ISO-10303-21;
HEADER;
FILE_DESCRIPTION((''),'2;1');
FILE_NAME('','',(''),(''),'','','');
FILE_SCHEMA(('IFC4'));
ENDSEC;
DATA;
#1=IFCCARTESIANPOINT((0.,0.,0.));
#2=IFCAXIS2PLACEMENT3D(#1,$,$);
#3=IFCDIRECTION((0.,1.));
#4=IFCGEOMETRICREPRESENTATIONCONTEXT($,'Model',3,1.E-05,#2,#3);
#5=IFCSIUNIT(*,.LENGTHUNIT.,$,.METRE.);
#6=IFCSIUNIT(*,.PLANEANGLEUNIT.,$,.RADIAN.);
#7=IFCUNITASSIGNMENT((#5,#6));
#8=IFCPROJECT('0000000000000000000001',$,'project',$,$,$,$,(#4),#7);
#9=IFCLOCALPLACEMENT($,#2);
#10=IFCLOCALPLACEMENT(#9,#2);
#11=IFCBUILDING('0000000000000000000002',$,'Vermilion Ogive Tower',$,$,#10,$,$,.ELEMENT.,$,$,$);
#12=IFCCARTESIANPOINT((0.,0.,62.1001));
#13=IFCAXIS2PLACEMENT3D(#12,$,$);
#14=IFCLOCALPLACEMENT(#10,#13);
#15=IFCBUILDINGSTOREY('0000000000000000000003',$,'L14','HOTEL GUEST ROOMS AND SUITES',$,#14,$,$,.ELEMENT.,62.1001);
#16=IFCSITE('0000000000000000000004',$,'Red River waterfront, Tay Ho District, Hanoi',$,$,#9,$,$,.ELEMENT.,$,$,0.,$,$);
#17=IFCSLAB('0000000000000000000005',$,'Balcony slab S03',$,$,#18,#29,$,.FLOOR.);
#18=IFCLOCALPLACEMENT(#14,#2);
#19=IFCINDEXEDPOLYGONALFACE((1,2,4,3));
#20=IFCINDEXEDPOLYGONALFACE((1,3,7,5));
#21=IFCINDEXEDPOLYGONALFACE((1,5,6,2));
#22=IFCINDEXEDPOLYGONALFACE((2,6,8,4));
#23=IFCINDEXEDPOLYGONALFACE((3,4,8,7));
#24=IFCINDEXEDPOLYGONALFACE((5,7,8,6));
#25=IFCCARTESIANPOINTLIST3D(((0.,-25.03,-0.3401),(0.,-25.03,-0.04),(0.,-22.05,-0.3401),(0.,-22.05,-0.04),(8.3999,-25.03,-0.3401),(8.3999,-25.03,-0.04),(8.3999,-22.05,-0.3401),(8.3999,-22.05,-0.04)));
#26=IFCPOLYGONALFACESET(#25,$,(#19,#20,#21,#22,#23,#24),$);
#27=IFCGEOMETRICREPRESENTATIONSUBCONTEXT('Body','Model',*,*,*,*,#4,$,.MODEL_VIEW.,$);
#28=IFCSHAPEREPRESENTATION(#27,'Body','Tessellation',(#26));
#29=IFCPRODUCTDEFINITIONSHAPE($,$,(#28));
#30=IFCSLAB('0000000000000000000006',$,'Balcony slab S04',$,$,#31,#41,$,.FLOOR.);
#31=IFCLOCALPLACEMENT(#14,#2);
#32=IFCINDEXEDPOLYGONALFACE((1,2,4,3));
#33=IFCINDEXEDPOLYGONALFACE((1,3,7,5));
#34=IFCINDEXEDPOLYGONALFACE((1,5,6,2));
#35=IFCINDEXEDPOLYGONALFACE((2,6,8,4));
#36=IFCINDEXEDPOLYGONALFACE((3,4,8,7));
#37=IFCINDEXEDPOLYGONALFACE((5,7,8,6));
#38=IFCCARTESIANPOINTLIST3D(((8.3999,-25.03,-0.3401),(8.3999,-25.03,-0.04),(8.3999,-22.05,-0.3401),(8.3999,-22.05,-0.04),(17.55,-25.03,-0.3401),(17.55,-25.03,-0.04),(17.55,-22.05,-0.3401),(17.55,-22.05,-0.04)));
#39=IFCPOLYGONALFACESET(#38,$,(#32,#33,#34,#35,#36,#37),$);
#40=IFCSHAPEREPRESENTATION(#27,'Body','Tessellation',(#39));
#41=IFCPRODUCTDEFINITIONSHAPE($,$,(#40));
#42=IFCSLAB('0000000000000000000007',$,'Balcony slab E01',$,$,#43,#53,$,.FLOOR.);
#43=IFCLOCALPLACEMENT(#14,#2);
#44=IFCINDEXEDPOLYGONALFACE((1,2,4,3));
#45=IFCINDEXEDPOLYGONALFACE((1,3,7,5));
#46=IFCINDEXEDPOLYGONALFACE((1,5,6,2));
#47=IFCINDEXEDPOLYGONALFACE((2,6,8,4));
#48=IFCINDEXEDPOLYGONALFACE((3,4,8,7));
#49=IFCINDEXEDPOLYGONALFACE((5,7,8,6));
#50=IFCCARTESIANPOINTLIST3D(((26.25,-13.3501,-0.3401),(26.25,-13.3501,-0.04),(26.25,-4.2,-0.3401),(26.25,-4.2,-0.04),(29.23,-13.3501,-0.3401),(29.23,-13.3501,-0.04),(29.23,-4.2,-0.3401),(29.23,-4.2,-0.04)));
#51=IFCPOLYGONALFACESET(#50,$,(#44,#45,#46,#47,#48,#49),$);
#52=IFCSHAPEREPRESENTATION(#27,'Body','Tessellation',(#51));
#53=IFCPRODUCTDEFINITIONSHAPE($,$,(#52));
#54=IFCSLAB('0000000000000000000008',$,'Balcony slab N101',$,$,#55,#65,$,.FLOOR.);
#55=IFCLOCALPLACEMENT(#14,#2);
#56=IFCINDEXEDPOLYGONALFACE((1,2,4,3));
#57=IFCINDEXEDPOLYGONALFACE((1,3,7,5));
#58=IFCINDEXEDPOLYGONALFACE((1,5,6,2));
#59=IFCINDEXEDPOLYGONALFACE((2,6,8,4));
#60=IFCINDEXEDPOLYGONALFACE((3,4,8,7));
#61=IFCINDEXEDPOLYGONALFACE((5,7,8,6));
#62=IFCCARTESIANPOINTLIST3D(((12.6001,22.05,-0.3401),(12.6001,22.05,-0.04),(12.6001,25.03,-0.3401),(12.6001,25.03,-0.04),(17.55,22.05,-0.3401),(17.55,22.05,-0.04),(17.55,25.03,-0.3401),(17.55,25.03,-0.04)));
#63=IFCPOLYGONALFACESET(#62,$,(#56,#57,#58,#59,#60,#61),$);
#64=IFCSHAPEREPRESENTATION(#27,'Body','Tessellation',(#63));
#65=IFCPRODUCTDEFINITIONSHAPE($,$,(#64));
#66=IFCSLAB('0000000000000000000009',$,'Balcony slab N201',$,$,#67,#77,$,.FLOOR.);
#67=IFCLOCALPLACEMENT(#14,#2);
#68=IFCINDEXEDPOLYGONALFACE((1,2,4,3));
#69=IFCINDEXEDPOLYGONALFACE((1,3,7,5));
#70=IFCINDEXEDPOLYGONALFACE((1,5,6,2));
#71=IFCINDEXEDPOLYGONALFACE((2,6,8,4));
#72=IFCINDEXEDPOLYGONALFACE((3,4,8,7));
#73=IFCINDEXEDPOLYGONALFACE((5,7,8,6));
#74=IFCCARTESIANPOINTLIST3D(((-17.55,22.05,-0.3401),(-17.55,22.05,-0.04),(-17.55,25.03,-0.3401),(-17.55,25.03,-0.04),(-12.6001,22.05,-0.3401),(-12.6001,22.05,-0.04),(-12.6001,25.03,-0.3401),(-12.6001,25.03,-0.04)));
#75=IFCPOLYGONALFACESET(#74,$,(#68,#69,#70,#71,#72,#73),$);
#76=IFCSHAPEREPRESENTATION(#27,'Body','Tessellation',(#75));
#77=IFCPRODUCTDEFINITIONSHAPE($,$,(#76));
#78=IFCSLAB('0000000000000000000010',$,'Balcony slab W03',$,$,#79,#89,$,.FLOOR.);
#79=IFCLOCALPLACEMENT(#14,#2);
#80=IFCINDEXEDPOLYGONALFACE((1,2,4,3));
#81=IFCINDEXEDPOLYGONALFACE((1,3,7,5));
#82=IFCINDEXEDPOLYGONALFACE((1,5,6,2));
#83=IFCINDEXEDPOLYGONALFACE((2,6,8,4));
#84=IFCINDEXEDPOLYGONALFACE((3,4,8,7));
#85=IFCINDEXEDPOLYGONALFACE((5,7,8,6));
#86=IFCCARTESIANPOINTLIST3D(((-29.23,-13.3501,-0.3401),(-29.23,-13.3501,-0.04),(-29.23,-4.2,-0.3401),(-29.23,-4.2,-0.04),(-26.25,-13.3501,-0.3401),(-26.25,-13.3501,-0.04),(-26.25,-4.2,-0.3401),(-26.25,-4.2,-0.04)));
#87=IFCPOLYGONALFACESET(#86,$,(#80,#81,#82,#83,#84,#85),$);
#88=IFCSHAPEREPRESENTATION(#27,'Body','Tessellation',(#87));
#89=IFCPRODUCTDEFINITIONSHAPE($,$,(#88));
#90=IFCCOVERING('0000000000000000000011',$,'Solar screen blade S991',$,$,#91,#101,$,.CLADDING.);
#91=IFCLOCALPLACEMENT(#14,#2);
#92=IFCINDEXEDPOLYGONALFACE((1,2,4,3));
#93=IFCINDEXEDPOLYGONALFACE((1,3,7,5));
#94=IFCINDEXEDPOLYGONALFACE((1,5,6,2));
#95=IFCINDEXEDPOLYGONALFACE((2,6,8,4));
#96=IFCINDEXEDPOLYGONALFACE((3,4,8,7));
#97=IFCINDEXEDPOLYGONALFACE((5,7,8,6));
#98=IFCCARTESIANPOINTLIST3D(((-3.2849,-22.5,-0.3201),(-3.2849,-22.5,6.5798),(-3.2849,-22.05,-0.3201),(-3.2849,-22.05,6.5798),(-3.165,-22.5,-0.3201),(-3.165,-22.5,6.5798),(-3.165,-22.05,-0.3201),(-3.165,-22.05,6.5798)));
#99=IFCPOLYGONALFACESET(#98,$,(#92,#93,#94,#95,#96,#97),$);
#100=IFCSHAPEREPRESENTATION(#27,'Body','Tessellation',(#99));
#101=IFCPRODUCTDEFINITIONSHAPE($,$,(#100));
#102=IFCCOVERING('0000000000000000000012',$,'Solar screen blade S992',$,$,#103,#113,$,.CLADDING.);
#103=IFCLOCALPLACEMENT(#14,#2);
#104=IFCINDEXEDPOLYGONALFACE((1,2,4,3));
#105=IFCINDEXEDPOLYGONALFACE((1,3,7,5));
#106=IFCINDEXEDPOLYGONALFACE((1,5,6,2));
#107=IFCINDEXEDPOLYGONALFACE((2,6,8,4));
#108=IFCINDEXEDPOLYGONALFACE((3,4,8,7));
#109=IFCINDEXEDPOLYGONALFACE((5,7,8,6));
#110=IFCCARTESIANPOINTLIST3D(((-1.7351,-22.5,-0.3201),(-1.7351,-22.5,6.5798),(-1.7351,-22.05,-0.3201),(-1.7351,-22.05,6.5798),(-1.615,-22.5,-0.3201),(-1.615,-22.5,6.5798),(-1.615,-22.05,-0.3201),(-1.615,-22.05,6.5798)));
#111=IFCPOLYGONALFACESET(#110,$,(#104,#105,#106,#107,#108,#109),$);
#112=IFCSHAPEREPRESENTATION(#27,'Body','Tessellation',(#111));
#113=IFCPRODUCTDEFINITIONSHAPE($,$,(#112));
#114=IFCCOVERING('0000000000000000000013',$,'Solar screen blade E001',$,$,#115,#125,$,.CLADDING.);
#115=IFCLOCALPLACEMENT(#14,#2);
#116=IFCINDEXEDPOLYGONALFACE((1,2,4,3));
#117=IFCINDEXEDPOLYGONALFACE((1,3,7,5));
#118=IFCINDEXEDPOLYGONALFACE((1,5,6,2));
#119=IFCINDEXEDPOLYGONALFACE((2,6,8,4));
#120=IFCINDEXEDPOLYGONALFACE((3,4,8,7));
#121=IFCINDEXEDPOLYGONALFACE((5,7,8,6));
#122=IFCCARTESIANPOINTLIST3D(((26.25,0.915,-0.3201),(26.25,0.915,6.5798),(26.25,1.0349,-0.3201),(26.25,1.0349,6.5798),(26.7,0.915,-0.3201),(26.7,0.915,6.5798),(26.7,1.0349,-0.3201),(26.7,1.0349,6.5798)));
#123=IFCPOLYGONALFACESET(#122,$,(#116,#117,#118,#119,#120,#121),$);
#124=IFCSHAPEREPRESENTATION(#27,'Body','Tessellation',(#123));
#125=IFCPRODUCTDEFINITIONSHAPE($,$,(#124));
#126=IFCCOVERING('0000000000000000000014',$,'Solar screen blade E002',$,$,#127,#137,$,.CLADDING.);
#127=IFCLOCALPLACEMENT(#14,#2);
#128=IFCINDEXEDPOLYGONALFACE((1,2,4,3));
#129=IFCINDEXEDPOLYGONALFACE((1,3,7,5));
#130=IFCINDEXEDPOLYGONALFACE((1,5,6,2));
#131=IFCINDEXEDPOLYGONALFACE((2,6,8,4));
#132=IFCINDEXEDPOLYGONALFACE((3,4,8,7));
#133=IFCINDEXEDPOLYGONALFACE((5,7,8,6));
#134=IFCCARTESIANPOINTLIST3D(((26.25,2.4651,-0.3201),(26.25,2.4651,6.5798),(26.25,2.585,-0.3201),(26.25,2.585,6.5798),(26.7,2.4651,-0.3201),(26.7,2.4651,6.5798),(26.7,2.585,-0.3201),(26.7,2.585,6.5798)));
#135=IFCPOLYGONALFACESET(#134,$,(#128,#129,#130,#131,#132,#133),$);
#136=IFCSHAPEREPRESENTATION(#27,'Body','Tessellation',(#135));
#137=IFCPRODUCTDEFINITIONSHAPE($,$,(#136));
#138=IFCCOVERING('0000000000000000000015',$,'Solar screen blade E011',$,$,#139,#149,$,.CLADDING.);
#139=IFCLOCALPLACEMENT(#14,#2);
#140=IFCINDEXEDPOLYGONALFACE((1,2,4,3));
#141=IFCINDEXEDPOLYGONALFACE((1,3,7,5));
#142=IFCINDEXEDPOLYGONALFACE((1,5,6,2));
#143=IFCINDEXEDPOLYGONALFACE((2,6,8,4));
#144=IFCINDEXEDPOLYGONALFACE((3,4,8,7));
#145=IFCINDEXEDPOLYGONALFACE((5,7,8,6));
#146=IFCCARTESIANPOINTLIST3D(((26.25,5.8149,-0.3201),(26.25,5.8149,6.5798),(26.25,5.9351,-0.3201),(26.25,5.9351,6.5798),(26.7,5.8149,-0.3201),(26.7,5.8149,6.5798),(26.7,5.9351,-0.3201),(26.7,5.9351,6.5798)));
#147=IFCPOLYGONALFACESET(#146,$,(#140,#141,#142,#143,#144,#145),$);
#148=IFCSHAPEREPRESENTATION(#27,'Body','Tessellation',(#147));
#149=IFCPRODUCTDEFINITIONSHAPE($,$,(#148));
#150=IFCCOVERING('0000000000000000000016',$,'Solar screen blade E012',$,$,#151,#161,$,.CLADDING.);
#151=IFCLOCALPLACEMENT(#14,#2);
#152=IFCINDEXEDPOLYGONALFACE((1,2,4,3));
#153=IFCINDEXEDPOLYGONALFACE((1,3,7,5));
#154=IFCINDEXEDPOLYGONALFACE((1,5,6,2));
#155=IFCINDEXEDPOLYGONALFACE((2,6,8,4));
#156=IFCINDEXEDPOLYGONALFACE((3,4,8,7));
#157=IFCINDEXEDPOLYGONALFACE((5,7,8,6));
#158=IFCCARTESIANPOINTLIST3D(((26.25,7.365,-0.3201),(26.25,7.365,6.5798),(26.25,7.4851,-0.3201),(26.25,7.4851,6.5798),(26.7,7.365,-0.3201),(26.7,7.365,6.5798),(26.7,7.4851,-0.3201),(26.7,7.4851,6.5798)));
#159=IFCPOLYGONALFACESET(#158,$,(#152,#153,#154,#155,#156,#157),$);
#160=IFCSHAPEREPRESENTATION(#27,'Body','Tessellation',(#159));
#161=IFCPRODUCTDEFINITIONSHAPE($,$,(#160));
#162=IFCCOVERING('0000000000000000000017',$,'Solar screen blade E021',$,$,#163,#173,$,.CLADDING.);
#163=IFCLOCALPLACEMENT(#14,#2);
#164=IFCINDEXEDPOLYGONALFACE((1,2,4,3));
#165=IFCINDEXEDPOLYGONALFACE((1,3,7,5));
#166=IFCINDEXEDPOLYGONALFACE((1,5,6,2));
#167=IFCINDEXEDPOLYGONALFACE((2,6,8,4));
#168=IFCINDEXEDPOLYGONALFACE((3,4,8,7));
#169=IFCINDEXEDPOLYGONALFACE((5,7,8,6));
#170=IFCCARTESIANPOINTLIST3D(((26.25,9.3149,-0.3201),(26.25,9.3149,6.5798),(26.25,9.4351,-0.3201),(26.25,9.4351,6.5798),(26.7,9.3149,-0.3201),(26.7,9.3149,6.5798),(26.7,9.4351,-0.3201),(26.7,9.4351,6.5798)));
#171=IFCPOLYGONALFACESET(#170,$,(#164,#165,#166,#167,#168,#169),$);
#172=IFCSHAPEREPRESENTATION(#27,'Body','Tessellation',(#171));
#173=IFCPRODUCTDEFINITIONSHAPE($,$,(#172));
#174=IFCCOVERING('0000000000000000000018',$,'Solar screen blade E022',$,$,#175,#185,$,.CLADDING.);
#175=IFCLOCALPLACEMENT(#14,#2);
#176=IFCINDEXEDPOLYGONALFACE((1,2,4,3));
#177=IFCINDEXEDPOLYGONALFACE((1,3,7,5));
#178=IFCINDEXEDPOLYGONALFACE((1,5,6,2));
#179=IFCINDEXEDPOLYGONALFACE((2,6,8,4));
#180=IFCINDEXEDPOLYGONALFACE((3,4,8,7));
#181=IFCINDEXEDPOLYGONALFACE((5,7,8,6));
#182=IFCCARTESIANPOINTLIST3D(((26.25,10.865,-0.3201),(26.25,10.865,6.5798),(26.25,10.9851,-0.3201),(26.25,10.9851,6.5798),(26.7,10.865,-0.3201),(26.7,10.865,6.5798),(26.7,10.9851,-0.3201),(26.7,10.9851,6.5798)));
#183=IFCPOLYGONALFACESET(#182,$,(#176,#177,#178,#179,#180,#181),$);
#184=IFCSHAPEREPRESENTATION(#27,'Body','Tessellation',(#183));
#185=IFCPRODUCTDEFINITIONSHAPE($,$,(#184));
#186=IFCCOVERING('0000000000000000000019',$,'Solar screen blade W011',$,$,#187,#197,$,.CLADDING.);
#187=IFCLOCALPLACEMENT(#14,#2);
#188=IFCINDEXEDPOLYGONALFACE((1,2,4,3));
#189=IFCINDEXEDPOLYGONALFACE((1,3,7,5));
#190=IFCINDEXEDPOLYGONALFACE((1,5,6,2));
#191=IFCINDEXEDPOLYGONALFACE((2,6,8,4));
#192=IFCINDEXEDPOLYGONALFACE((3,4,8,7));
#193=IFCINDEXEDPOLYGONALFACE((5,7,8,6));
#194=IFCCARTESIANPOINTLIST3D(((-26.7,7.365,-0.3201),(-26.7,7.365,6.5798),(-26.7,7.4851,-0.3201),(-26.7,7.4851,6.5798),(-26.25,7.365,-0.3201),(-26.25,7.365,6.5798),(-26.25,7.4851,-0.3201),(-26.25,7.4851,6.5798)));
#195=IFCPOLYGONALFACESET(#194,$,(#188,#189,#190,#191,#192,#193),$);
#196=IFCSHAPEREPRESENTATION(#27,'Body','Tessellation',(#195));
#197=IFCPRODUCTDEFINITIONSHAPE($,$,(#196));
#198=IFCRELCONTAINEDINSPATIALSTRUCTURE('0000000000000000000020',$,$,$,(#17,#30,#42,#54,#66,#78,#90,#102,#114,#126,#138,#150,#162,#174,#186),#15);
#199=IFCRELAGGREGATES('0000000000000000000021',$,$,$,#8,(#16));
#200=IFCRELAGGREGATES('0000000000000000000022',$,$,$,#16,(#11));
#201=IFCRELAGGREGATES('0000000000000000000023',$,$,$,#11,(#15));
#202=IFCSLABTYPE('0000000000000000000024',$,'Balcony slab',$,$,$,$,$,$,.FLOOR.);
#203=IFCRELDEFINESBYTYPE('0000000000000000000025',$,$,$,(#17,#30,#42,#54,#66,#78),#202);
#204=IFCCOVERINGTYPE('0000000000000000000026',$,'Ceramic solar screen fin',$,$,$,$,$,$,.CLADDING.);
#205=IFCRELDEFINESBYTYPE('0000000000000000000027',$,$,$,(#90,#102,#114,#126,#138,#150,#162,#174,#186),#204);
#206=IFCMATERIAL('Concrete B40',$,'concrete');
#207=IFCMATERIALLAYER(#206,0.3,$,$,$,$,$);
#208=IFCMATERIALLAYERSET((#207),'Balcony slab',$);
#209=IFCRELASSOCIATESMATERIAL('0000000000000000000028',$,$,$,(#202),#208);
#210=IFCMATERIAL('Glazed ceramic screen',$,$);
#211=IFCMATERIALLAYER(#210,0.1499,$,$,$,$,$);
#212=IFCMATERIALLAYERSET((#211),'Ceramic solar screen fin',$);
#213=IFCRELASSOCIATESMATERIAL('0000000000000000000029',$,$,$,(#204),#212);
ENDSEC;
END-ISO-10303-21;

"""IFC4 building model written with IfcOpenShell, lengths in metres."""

from ifc_helpers import new_model, si_unit, direction, frame, origin, place, context, subcontext, project, spatial, polyline, outline, extrude, material, layer, layer_set, type_object, element, save


model = new_model("IFC4")

# Units and contexts
model_context = context("Model", 3, precision=1e-05, world=origin(), true_north=direction((0.0, 1.0)))
body_context = subcontext(model_context, "Body", "Model", "MODEL_VIEW")
ifc_project = project(units=[si_unit("LENGTHUNIT", "METRE"), si_unit("PLANEANGLEUNIT", "RADIAN")], contexts=[model_context])

# Site, building, storey
site_placement = place(None, origin())
site = spatial("IfcSite", under=ifc_project, at=site_placement, Name="Red River waterfront, Tay Ho District, Hanoi", CompositionType="ELEMENT", RefElevation=0.0)
building_placement = place(site_placement, origin())
building = spatial("IfcBuilding", under=site, at=building_placement, Name="Vermilion Ogive Tower", CompositionType="ELEMENT")
storey_placement = place(building_placement, frame((0.0, 0.0, 62.1001)))
storey = spatial("IfcBuildingStorey", under=building, at=storey_placement, Name="L14", Description="HOTEL GUEST ROOMS AND SUITES", CompositionType="ELEMENT", Elevation=62.1001)

# Slabs
ifc_material_1 = material(Name="Concrete B40", Category="concrete")
ifc_layer_1 = layer(ifc_material_1, 0.3)
ifc_layer_set_1 = layer_set([ifc_layer_1], Name="Balcony slab")
slab_type = type_object("IfcSlabType", Name="Balcony slab", PredefinedType="FLOOR", material=ifc_layer_set_1)
slab_1_placement = place(storey_placement, frame((0.0, 0.0, -0.3401)))
element("IfcSlab", 1, at=slab_1_placement, inside=storey, type_object=slab_type, Name="Balcony slab S03", PredefinedType="FLOOR", context=body_context, shape_type="SweptSolid", body=[
    extrude(outline(polyline([(0.0, -25.03), (8.3999, -25.03), (8.3999, -22.05), (0.0, -22.05), (0.0, -25.03)])), origin(), (0.0, 0.0, 1.0), 0.3),
])
slab_2_placement = place(storey_placement, frame((0.0, 0.0, -0.3401)))
element("IfcSlab", 2, at=slab_2_placement, inside=storey, type_object=slab_type, Name="Balcony slab S04", PredefinedType="FLOOR", context=body_context, shape_type="SweptSolid", body=[
    extrude(outline(polyline([(8.3999, -25.03), (17.55, -25.03), (17.55, -22.05), (8.3999, -22.05), (8.3999, -25.03)])), origin(), (0.0, 0.0, 1.0), 0.3),
])
slab_3_placement = place(storey_placement, frame((0.0, 0.0, -0.3401)))
element("IfcSlab", 3, at=slab_3_placement, inside=storey, type_object=slab_type, Name="Balcony slab E01", PredefinedType="FLOOR", context=body_context, shape_type="SweptSolid", body=[
    extrude(outline(polyline([(29.23, -13.3501), (29.23, -4.2), (26.25, -4.2), (26.25, -13.3501), (29.23, -13.3501)])), origin(), (0.0, 0.0, 1.0), 0.3),
])
slab_4_placement = place(storey_placement, frame((0.0, 0.0, -0.3401)))
element("IfcSlab", 4, at=slab_4_placement, inside=storey, type_object=slab_type, Name="Balcony slab N101", PredefinedType="FLOOR", context=body_context, shape_type="SweptSolid", body=[
    extrude(outline(polyline([(17.55, 25.03), (12.6001, 25.03), (12.6001, 22.05), (17.55, 22.05), (17.55, 25.03)])), origin(), (0.0, 0.0, 1.0), 0.3),
])
slab_5_placement = place(storey_placement, frame((0.0, 0.0, -0.3401)))
element("IfcSlab", 5, at=slab_5_placement, inside=storey, type_object=slab_type, Name="Balcony slab N201", PredefinedType="FLOOR", context=body_context, shape_type="SweptSolid", body=[
    extrude(outline(polyline([(-12.6001, 25.03), (-17.55, 25.03), (-17.55, 22.05), (-12.6001, 22.05), (-12.6001, 25.03)])), origin(), (0.0, 0.0, 1.0), 0.3),
])
slab_6_placement = place(storey_placement, frame((0.0, 0.0, -0.3401)))
element("IfcSlab", 6, at=slab_6_placement, inside=storey, type_object=slab_type, Name="Balcony slab W03", PredefinedType="FLOOR", context=body_context, shape_type="SweptSolid", body=[
    extrude(outline(polyline([(-29.23, -4.2), (-29.23, -13.3501), (-26.25, -13.3501), (-26.25, -4.2), (-29.23, -4.2)])), origin(), (0.0, 0.0, 1.0), 0.3),
])

# Coverings
ifc_material_2 = material(Name="Glazed ceramic screen")
ifc_layer_2 = layer(ifc_material_2, 0.1499)
ifc_layer_set_2 = layer_set([ifc_layer_2], Name="Ceramic solar screen fin")
covering_type_1 = type_object("IfcCoveringType", Name="Ceramic solar screen fin", PredefinedType="CLADDING", material=ifc_layer_set_2)
covering_1_placement = place(storey_placement, frame((0.0, 0.0, -0.3201)))
element("IfcCovering", 7, at=covering_1_placement, inside=storey, type_object=covering_type_1, Name="Solar screen blade S991", PredefinedType="CLADDING", context=body_context, shape_type="SweptSolid", body=[
    extrude(outline(polyline([(-3.2849, -22.5), (-3.165, -22.5), (-3.165, -22.05), (-3.2849, -22.05), (-3.2849, -22.5)])), origin(), (0.0, 0.0, 1.0), 6.8999),
])
covering_2_placement = place(storey_placement, frame((0.0, 0.0, -0.3201)))
element("IfcCovering", 8, at=covering_2_placement, inside=storey, type_object=covering_type_1, Name="Solar screen blade S992", PredefinedType="CLADDING", context=body_context, shape_type="SweptSolid", body=[
    extrude(outline(polyline([(-1.7351, -22.5), (-1.615, -22.5), (-1.615, -22.05), (-1.7351, -22.05), (-1.7351, -22.5)])), origin(), (0.0, 0.0, 1.0), 6.8999),
])
covering_3_placement = place(storey_placement, frame((0.0, 0.0, -0.3201)))
element("IfcCovering", 9, at=covering_3_placement, inside=storey, type_object=covering_type_1, Name="Solar screen blade E001", PredefinedType="CLADDING", context=body_context, shape_type="SweptSolid", body=[
    extrude(outline(polyline([(26.7, 0.915), (26.7, 1.0349), (26.25, 1.0349), (26.25, 0.915), (26.7, 0.915)])), origin(), (0.0, 0.0, 1.0), 6.8999),
])
covering_4_placement = place(storey_placement, frame((0.0, 0.0, -0.3201)))
element("IfcCovering", 10, at=covering_4_placement, inside=storey, type_object=covering_type_1, Name="Solar screen blade E002", PredefinedType="CLADDING", context=body_context, shape_type="SweptSolid", body=[
    extrude(outline(polyline([(26.7, 2.4651), (26.7, 2.585), (26.25, 2.585), (26.25, 2.4651), (26.7, 2.4651)])), origin(), (0.0, 0.0, 1.0), 6.8999),
])
covering_5_placement = place(storey_placement, frame((0.0, 0.0, -0.3201)))
element("IfcCovering", 11, at=covering_5_placement, inside=storey, type_object=covering_type_1, Name="Solar screen blade E011", PredefinedType="CLADDING", context=body_context, shape_type="SweptSolid", body=[
    extrude(outline(polyline([(26.7, 5.8149), (26.7, 5.9351), (26.25, 5.9351), (26.25, 5.8149), (26.7, 5.8149)])), origin(), (0.0, 0.0, 1.0), 6.8999),
])
covering_6_placement = place(storey_placement, frame((0.0, 0.0, -0.3201)))
element("IfcCovering", 12, at=covering_6_placement, inside=storey, type_object=covering_type_1, Name="Solar screen blade E012", PredefinedType="CLADDING", context=body_context, shape_type="SweptSolid", body=[
    extrude(outline(polyline([(26.7, 7.365), (26.7, 7.4851), (26.25, 7.4851), (26.25, 7.365), (26.7, 7.365)])), origin(), (0.0, 0.0, 1.0), 6.8999),
])
covering_7_placement = place(storey_placement, frame((0.0, 0.0, -0.3201)))
element("IfcCovering", 13, at=covering_7_placement, inside=storey, type_object=covering_type_1, Name="Solar screen blade E021", PredefinedType="CLADDING", context=body_context, shape_type="SweptSolid", body=[
    extrude(outline(polyline([(26.7, 9.3149), (26.7, 9.4351), (26.25, 9.4351), (26.25, 9.3149), (26.7, 9.3149)])), origin(), (0.0, 0.0, 1.0), 6.8999),
])
covering_8_placement = place(storey_placement, frame((0.0, 0.0, -0.3201)))
element("IfcCovering", 14, at=covering_8_placement, inside=storey, type_object=covering_type_1, Name="Solar screen blade E022", PredefinedType="CLADDING", context=body_context, shape_type="SweptSolid", body=[
    extrude(outline(polyline([(26.7, 10.865), (26.7, 10.9851), (26.25, 10.9851), (26.25, 10.865), (26.7, 10.865)])), origin(), (0.0, 0.0, 1.0), 6.8999),
])
covering_9_placement = place(storey_placement, frame((0.0, 0.0, -0.3201)))
element("IfcCovering", 15, at=covering_9_placement, inside=storey, type_object=covering_type_1, Name="Solar screen blade W011", PredefinedType="CLADDING", context=body_context, shape_type="SweptSolid", body=[
    extrude(outline(polyline([(-26.7, 7.4851), (-26.7, 7.365), (-26.25, 7.365), (-26.25, 7.4851), (-26.7, 7.4851)])), origin(), (0.0, 0.0, 1.0), 6.8999),
])

save(model, "model.ifc")
